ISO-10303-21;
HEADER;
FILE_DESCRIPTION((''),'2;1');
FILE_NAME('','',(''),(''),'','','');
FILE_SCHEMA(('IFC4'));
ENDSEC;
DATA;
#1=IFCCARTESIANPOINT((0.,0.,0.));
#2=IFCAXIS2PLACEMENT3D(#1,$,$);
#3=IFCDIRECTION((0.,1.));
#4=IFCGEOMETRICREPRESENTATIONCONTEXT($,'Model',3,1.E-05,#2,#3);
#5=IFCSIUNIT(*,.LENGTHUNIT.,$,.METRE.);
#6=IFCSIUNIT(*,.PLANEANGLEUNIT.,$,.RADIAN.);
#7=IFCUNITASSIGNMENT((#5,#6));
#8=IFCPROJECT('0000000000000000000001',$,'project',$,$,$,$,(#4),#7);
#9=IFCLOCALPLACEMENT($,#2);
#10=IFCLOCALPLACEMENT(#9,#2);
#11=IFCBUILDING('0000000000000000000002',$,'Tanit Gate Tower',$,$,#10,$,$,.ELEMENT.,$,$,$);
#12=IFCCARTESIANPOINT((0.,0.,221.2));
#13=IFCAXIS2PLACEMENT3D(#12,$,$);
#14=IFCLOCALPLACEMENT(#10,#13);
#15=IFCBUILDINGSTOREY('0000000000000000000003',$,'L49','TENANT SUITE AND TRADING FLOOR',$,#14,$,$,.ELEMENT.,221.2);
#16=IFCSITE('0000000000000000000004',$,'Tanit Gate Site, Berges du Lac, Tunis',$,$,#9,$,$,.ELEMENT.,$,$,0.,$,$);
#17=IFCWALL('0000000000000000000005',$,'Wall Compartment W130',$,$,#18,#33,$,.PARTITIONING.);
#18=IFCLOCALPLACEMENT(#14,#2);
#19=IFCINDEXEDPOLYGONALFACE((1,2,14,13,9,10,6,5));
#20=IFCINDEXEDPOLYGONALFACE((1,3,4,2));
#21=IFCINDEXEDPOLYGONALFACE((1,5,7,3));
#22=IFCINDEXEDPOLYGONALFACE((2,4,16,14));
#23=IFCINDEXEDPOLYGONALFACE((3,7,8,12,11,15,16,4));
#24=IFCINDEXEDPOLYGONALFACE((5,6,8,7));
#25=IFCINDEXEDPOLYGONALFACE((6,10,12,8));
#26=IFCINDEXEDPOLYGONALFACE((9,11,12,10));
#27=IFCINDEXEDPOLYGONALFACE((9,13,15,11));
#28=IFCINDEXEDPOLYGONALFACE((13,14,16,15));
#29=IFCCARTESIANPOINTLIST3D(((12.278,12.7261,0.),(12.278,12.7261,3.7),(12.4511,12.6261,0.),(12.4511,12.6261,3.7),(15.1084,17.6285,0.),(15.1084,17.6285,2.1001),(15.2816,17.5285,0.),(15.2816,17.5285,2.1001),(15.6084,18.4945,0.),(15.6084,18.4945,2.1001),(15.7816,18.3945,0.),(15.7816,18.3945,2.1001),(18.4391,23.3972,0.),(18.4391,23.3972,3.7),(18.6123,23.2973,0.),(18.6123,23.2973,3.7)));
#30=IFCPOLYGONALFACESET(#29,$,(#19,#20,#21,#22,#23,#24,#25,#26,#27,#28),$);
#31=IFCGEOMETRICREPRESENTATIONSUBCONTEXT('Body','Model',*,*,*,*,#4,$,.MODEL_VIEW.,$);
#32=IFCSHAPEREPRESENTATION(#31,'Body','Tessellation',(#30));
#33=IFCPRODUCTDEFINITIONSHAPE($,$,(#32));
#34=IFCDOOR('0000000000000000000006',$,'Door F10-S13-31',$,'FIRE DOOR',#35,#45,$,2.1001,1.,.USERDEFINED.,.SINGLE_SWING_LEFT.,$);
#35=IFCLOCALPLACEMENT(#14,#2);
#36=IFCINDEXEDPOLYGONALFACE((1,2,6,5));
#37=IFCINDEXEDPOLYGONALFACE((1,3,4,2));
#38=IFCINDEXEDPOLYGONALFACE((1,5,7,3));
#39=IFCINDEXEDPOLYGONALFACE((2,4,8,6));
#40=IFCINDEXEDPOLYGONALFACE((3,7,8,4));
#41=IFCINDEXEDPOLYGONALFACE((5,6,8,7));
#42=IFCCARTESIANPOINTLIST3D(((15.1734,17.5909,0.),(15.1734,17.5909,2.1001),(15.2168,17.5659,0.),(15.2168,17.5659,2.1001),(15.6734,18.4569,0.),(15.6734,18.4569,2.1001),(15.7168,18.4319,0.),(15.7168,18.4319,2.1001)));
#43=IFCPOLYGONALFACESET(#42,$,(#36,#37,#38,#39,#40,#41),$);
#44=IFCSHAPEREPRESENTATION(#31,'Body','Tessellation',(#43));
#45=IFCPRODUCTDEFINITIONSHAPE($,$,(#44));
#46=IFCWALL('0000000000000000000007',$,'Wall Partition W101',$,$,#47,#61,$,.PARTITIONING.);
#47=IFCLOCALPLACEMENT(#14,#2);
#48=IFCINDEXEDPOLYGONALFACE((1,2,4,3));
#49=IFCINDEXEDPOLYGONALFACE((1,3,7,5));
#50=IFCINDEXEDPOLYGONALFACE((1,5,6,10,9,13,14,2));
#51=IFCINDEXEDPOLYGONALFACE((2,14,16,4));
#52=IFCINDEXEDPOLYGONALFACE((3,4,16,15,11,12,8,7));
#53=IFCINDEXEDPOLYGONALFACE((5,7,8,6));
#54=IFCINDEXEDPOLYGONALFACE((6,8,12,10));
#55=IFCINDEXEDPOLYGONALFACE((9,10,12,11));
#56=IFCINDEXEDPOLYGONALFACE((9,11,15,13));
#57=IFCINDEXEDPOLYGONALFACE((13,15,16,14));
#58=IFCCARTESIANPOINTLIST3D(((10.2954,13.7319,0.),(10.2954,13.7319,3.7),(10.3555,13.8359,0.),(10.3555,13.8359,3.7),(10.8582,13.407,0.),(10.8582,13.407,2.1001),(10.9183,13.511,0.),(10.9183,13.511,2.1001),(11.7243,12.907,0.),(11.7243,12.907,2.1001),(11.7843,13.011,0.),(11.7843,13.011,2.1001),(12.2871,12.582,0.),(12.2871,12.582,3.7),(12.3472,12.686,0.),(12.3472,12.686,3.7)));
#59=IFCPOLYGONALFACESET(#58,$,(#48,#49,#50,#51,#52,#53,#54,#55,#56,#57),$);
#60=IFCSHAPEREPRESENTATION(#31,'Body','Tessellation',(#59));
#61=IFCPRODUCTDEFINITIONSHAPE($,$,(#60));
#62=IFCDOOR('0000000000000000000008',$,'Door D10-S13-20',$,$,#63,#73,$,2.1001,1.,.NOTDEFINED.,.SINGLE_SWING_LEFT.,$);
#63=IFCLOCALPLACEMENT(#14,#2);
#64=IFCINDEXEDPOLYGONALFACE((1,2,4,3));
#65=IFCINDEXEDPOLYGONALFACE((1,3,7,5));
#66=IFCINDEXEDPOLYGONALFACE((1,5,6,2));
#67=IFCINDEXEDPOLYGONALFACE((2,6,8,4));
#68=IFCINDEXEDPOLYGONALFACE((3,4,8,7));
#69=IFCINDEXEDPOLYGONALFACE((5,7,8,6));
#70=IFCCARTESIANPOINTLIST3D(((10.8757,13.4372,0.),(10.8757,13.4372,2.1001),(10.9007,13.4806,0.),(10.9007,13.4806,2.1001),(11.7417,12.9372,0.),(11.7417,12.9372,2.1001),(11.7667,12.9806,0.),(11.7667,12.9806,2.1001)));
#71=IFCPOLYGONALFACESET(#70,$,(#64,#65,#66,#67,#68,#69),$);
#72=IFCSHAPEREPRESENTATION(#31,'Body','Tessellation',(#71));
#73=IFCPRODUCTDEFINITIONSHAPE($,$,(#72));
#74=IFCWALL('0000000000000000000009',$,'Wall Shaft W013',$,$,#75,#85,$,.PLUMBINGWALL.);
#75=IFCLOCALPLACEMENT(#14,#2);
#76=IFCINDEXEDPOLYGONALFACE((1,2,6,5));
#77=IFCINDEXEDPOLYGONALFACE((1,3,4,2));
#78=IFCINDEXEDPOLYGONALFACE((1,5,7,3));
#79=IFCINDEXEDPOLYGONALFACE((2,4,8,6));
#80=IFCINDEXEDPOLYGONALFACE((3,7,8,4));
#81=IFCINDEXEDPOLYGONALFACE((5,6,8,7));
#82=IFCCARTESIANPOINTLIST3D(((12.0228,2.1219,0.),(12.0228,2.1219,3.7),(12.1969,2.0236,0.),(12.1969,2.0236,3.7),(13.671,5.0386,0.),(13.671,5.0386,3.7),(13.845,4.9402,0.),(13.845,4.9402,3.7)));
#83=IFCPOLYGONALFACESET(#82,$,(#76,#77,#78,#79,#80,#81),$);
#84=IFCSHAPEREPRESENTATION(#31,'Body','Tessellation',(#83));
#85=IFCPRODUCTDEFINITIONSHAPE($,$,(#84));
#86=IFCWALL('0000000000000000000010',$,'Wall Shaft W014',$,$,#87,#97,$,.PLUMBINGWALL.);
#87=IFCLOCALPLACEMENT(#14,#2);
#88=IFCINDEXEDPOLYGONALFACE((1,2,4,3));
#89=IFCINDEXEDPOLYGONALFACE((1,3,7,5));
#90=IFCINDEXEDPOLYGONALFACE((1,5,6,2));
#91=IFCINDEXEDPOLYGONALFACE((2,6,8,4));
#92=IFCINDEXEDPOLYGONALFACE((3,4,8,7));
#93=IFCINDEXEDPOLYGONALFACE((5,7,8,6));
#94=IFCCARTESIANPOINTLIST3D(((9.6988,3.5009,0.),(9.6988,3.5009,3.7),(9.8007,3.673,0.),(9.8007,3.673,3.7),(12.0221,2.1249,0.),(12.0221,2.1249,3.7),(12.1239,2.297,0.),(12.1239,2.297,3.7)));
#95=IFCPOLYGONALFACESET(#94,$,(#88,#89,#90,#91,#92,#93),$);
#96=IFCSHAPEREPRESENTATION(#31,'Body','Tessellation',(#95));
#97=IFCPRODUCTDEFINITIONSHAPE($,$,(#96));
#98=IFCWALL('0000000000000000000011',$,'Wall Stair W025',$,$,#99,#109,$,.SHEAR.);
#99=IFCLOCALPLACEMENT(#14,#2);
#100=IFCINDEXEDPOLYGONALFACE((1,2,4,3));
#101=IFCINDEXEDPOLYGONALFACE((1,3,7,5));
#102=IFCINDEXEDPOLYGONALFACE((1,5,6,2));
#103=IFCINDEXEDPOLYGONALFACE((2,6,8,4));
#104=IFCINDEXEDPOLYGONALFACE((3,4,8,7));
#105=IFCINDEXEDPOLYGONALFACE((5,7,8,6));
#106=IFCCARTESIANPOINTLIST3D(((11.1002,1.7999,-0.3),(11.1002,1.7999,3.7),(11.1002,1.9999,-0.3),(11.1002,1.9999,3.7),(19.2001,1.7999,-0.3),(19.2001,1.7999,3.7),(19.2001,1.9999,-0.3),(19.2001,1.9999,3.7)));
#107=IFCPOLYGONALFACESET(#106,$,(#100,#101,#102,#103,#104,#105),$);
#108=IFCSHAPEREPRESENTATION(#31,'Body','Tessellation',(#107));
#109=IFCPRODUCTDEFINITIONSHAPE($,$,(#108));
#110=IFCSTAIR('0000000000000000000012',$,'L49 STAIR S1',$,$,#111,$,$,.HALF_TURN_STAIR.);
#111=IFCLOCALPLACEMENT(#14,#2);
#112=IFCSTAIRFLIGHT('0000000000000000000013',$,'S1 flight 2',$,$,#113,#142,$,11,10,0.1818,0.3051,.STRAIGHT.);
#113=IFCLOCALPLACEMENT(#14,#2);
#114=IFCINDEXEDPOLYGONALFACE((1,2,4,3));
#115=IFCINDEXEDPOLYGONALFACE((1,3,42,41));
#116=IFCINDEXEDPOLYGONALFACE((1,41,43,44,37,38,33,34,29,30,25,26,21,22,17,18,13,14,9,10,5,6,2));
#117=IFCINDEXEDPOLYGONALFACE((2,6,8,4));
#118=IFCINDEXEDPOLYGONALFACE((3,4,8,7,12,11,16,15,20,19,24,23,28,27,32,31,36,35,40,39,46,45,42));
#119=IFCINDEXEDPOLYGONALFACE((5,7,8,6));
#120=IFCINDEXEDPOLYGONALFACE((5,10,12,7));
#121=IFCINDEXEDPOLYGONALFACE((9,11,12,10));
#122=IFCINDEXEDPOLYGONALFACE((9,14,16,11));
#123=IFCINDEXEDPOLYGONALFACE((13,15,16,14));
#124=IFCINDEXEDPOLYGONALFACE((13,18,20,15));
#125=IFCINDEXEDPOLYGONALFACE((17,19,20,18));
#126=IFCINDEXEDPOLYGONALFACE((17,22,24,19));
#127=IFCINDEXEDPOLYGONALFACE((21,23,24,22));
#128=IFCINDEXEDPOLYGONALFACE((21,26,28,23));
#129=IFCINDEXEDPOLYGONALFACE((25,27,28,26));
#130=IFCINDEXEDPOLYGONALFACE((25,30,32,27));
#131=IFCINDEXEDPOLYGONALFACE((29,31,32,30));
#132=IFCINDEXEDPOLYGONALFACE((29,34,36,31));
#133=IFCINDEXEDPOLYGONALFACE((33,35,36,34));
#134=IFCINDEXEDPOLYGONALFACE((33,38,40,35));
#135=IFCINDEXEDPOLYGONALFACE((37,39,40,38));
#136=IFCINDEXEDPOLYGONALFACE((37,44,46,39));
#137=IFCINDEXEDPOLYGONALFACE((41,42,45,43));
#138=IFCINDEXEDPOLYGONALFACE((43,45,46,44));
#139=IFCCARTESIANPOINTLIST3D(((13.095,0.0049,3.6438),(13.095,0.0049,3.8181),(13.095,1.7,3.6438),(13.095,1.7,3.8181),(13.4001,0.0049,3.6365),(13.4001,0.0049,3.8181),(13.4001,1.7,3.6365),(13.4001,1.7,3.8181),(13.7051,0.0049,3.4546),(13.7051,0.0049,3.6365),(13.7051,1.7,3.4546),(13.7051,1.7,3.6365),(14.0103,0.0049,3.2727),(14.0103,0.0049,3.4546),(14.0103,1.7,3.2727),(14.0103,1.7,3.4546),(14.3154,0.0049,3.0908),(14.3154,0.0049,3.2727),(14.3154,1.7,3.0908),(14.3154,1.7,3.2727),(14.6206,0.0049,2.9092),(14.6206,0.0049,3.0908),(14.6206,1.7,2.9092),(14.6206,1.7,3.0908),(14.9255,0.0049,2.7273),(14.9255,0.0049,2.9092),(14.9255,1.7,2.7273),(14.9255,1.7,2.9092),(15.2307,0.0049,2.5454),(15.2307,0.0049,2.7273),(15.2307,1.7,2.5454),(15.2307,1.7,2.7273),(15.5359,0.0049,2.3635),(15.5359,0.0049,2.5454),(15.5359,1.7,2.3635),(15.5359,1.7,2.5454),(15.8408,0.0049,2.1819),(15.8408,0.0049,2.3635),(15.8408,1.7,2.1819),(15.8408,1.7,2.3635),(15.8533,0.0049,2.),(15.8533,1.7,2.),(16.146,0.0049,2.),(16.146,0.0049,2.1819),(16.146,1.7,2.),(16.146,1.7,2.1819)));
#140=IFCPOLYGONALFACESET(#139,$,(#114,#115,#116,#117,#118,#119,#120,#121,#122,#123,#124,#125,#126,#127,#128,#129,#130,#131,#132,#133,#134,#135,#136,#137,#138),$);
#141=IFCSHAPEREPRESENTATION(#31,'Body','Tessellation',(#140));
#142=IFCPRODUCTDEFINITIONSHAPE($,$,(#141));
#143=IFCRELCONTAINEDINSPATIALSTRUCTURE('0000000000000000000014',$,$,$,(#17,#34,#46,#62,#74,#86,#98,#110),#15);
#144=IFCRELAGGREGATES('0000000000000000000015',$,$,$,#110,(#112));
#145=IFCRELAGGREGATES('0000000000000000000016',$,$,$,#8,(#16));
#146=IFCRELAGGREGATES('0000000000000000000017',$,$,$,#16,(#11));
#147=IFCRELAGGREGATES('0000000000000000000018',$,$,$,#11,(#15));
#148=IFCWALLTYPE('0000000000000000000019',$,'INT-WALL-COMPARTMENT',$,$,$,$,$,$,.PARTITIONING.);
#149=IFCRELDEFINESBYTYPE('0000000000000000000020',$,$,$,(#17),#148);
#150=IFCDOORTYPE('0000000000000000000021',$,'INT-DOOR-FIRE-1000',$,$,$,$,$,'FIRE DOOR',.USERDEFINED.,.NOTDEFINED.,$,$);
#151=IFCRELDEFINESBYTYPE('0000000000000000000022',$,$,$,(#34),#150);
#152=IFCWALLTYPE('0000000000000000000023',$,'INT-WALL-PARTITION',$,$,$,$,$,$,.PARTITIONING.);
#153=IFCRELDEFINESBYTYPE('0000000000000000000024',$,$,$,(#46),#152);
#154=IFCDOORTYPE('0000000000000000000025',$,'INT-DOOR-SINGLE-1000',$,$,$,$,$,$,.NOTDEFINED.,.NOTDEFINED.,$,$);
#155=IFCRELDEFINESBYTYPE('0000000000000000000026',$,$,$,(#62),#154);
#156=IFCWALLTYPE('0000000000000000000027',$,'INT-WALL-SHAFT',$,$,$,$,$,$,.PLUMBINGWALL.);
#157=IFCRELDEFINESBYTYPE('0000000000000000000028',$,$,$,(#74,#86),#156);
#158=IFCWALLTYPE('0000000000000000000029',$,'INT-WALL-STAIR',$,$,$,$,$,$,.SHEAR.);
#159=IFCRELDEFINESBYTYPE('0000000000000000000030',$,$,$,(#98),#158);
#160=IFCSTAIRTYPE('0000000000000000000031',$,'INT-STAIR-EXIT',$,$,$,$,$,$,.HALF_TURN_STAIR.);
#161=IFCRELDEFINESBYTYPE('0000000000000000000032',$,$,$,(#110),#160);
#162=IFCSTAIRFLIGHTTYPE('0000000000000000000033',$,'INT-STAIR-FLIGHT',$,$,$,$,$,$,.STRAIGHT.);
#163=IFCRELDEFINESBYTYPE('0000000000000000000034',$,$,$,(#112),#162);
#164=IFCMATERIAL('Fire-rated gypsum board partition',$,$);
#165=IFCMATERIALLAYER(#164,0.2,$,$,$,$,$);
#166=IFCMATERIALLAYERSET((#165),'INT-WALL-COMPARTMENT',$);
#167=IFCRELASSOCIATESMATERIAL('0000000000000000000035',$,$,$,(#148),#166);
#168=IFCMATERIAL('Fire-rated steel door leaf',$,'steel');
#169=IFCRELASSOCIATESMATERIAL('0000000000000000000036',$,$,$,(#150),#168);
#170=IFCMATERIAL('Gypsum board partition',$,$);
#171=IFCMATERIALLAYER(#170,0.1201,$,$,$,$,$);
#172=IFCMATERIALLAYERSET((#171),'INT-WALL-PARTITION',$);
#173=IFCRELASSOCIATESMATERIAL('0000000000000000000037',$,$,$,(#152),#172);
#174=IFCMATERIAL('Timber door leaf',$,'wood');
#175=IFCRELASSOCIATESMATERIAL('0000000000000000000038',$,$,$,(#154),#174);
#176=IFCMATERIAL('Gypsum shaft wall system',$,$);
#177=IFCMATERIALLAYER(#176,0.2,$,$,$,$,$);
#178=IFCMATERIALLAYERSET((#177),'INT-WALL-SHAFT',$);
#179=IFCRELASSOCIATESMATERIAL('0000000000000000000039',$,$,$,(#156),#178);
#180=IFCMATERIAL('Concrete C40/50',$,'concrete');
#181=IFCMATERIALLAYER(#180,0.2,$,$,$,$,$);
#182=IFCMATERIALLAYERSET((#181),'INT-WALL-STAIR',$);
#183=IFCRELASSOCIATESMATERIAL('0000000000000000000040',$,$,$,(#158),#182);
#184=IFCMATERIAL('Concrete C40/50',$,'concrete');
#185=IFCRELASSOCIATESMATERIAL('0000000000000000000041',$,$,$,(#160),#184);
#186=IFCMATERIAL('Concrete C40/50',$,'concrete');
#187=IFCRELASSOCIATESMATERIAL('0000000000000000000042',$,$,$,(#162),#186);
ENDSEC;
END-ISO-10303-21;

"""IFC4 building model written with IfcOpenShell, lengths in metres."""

from ifc_helpers import new_model, si_unit, direction, frame, frame_2d, origin, place, context, subcontext, project, spatial, polyline, rectangle, outline, extrude, material, layer, layer_set, type_object, element, fill, aggregate, save


model = new_model("IFC4")

# Units and contexts
model_context = context("Model", 3, precision=1e-05, world=origin(), true_north=direction((0.0, 1.0)))
body_context = subcontext(model_context, "Body", "Model", "MODEL_VIEW")
ifc_project = project(units=[si_unit("LENGTHUNIT", "METRE"), si_unit("PLANEANGLEUNIT", "RADIAN")], contexts=[model_context])

# Site, building, storey
site_placement = place(None, origin())
site = spatial("IfcSite", under=ifc_project, at=site_placement, Name="Tanit Gate Site, Berges du Lac, Tunis", CompositionType="ELEMENT", RefElevation=0.0)
building_placement = place(site_placement, origin())
building = spatial("IfcBuilding", under=site, at=building_placement, Name="Tanit Gate Tower", CompositionType="ELEMENT")
storey_placement = place(building_placement, frame((0.0, 0.0, 221.2)))
storey = spatial("IfcBuildingStorey", under=building, at=storey_placement, Name="L49", Description="TENANT SUITE AND TRADING FLOOR", CompositionType="ELEMENT", Elevation=221.2)

# Walls, openings, doors
ifc_material_1 = material(Name="Fire-rated gypsum board partition")
ifc_layer_1 = layer(ifc_material_1, 0.2)
ifc_layer_set_1 = layer_set([ifc_layer_1], Name="INT-WALL-COMPARTMENT")
wall_type_1 = type_object("IfcWallType", Name="INT-WALL-COMPARTMENT", PredefinedType="PARTITIONING", material=ifc_layer_set_1)
ifc_material_2 = material(Name="Fire-rated steel door leaf", Category="steel")
door_type_1 = type_object("IfcDoorType", Name="INT-DOOR-FIRE-1000", ElementType="FIRE DOOR", OperationType="NOTDEFINED", PredefinedType="USERDEFINED", material=ifc_material_2)
wall_1_placement = place(storey_placement, frame((12.3645, 12.676, 0.0), z_axis=(0.0, 0.0, 1.0), x_axis=(0.500009, 0.86602, 0.0)))
wall_1 = element("IfcWall", 1, at=wall_1_placement, inside=storey, type_object=wall_type_1, Name="Wall Compartment W130", PredefinedType="PARTITIONING", context=body_context, shape_type="SweptSolid", body=[
    extrude(rectangle(XDim=12.322, YDim=0.2, at=frame_2d((6.1611, 0.0))), origin(), (0.0, 0.0, 1.0), 3.7),
])
opening_1_placement = place(wall_1_placement, frame((5.6609, 0.0, 0.0)))
opening_1 = element("IfcOpeningElement", 2, at=opening_1_placement, cuts=wall_1, PredefinedType="OPENING", context=body_context, shape_type="SweptSolid", body=[
    extrude(rectangle(XDim=1.0, YDim=2.1001, at=frame_2d((0.5, 1.05))), frame((0.0, 0.1099, 0.0), z_axis=(0.0, -1.0, 0.0), x_axis=(1.0, 0.0, 0.0)), (0.0, 0.0, 1.0), 0.22),
])
door_1_placement = place(opening_1_placement, origin())
door_1 = element("IfcDoor", 3, at=door_1_placement, inside=storey, type_object=door_type_1, Name="Door F10-S13-31", ObjectType="FIRE DOOR", OperationType="SINGLE_SWING_LEFT", OverallHeight=2.1001, OverallWidth=1.0, PredefinedType="USERDEFINED", context=body_context, shape_type="SweptSolid", body=[
    extrude(rectangle(XDim=1.0, YDim=2.1001, at=frame_2d((0.5, 1.05))), frame((0.0, 0.0249, 0.0), z_axis=(0.0, -1.0, 0.0), x_axis=(1.0, 0.0, 0.0)), (0.0, 0.0, 1.0), 0.05),
])
fill(opening_1, door_1)
ifc_material_3 = material(Name="Gypsum board partition")
ifc_layer_2 = layer(ifc_material_3, 0.1201)
ifc_layer_set_2 = layer_set([ifc_layer_2], Name="INT-WALL-PARTITION")
wall_type_2 = type_object("IfcWallType", Name="INT-WALL-PARTITION", PredefinedType="PARTITIONING", material=ifc_layer_set_2)
wall_2_placement = place(storey_placement, frame((10.3254, 13.7839, 0.0), z_axis=(0.0, 0.0, 1.0), x_axis=(0.866026, -0.499998, 0.0)))
wall_2 = element("IfcWall", 4, at=wall_2_placement, inside=storey, type_object=wall_type_2, Name="Wall Partition W101", PredefinedType="PARTITIONING", context=body_context, shape_type="SweptSolid", body=[
    extrude(rectangle(XDim=2.2998, YDim=0.1201, at=frame_2d((1.1499, 0.0))), origin(), (0.0, 0.0, 1.0), 3.7),
])
opening_2_placement = place(wall_2_placement, frame((0.6499, 0.0, 0.0)))
opening_2 = element("IfcOpeningElement", 5, at=opening_2_placement, cuts=wall_2, PredefinedType="OPENING", context=body_context, shape_type="SweptSolid", body=[
    extrude(rectangle(XDim=1.0, YDim=2.1001, at=frame_2d((0.5, 1.05))), frame((0.0, 0.0701, 0.0), z_axis=(0.0, -1.0, 0.0), x_axis=(1.0, 0.0, 0.0)), (0.0, 0.0, 1.0), 0.1401),
])
ifc_material_4 = material(Name="Timber door leaf", Category="wood")
door_type_2 = type_object("IfcDoorType", Name="INT-DOOR-SINGLE-1000", OperationType="NOTDEFINED", PredefinedType="NOTDEFINED", material=ifc_material_4)
door_2_placement = place(opening_2_placement, origin())
door_2 = element("IfcDoor", 6, at=door_2_placement, inside=storey, type_object=door_type_2, Name="Door D10-S13-20", OperationType="SINGLE_SWING_LEFT", OverallHeight=2.1001, OverallWidth=1.0, PredefinedType="NOTDEFINED", context=body_context, shape_type="SweptSolid", body=[
    extrude(rectangle(XDim=1.0, YDim=2.1001, at=frame_2d((0.5, 1.05))), frame((0.0, 0.0249, 0.0), z_axis=(0.0, -1.0, 0.0), x_axis=(1.0, 0.0, 0.0)), (0.0, 0.0, 1.0), 0.05),
])
fill(opening_2, door_2)

# Walls
ifc_material_5 = material(Name="Gypsum shaft wall system")
ifc_layer_3 = layer(ifc_material_5, 0.2)
ifc_layer_set_3 = layer_set([ifc_layer_3], Name="INT-WALL-SHAFT")
wall_type_3 = type_object("IfcWallType", Name="INT-WALL-SHAFT", PredefinedType="PLUMBINGWALL", material=ifc_layer_set_3)
wall_3_placement = place(storey_placement, frame((12.1099, 2.0728, 0.0), z_axis=(0.0, 0.0, 1.0), x_axis=(0.491966, 0.870614, 0.0)))
element("IfcWall", 7, at=wall_3_placement, inside=storey, type_object=wall_type_3, Name="Wall Shaft W013", PredefinedType="PLUMBINGWALL", context=body_context, shape_type="SweptSolid", body=[
    extrude(rectangle(XDim=3.3501, YDim=0.2, at=frame_2d((1.675, 0.0))), origin(), (0.0, 0.0, 1.0), 3.7),
])
wall_4_placement = place(storey_placement, frame((12.073, 2.2109, 0.0), z_axis=(0.0, 0.0, 1.0), x_axis=(-0.860415, 0.509594, 0.0)))
element("IfcWall", 8, at=wall_4_placement, inside=storey, type_object=wall_type_3, Name="Wall Shaft W014", PredefinedType="PLUMBINGWALL", context=body_context, shape_type="SweptSolid", body=[
    extrude(rectangle(XDim=2.7002, YDim=0.2, at=frame_2d((1.3501, 0.0))), origin(), (0.0, 0.0, 1.0), 3.7),
])
ifc_material_6 = material(Name="Concrete C40/50", Category="concrete")
ifc_layer_4 = layer(ifc_material_6, 0.2)
ifc_layer_set_4 = layer_set([ifc_layer_4], Name="INT-WALL-STAIR")
wall_type_4 = type_object("IfcWallType", Name="INT-WALL-STAIR", PredefinedType="SHEAR", material=ifc_layer_set_4)
wall_5_placement = place(storey_placement, frame((19.2, 1.8999, -0.3), z_axis=(0.0, 0.0, 1.0), x_axis=(-1.0, 0.0, 0.0)))
element("IfcWall", 9, at=wall_5_placement, inside=storey, type_object=wall_type_4, Name="Wall Stair W025", PredefinedType="SHEAR", context=body_context, shape_type="SweptSolid", body=[
    extrude(rectangle(XDim=8.0999, YDim=0.2, at=frame_2d((4.0498, 0.0))), origin(), (0.0, 0.0, 1.0), 4.0),
])

# Stair, stair flight
ifc_material_7 = material(Name="Concrete C40/50", Category="concrete")
stair_type = type_object("IfcStairType", Name="INT-STAIR-EXIT", PredefinedType="HALF_TURN_STAIR", material=ifc_material_7)
stair_placement = place(storey_placement, origin())
stair = element("IfcStair", 10, at=stair_placement, inside=storey, type_object=stair_type, Name="L49 STAIR S1", PredefinedType="HALF_TURN_STAIR")
ifc_material_8 = material(Name="Concrete C40/50", Category="concrete")
stair_flight_type = type_object("IfcStairFlightType", Name="INT-STAIR-FLIGHT", PredefinedType="STRAIGHT", material=ifc_material_8)
stair_flight_placement = place(storey_placement, frame((16.146, 0.8525, 2.0), z_axis=(0.0, 0.0, 1.0), x_axis=(-1.0, 0.0, 0.0)))
stair_flight = element("IfcStairFlight", 11, at=stair_flight_placement, type_object=stair_flight_type, Name="S1 flight 2", NumberOfRisers=11, NumberOfTreads=10, PredefinedType="STRAIGHT", RiserHeight=0.1818, TreadLength=0.3051, context=body_context, shape_type="SweptSolid", body=[
    extrude(outline(polyline([(0.0, 0.0), (0.0, 0.1819), (0.3052, 0.1819), (0.3052, 0.3635), (0.6101, 0.3635), (0.6101, 0.5454), (0.9153, 0.5454), (0.9153, 0.7273), (1.2205, 0.7273), (1.2205, 0.9092), (1.5254, 0.9092), (1.5254, 1.0908), (1.8306, 1.0908), (1.8306, 1.2727), (2.1357, 1.2727), (2.1357, 1.4546), (2.4409, 1.4546), (2.4409, 1.6365), (2.7458, 1.6365), (2.7458, 1.8181), (3.051, 1.8181), (3.051, 2.0), (3.051, 1.6438), (0.2927, 0.0), (0.0, 0.0)])), frame((0.0, 0.8477, 0.0), z_axis=(0.0, -1.0, 0.0), x_axis=(1.0, 0.0, 0.0)), (0.0, 0.0, 1.0), 1.6951),
])
aggregate(stair, [stair_flight])

save(model, "model.ifc")
